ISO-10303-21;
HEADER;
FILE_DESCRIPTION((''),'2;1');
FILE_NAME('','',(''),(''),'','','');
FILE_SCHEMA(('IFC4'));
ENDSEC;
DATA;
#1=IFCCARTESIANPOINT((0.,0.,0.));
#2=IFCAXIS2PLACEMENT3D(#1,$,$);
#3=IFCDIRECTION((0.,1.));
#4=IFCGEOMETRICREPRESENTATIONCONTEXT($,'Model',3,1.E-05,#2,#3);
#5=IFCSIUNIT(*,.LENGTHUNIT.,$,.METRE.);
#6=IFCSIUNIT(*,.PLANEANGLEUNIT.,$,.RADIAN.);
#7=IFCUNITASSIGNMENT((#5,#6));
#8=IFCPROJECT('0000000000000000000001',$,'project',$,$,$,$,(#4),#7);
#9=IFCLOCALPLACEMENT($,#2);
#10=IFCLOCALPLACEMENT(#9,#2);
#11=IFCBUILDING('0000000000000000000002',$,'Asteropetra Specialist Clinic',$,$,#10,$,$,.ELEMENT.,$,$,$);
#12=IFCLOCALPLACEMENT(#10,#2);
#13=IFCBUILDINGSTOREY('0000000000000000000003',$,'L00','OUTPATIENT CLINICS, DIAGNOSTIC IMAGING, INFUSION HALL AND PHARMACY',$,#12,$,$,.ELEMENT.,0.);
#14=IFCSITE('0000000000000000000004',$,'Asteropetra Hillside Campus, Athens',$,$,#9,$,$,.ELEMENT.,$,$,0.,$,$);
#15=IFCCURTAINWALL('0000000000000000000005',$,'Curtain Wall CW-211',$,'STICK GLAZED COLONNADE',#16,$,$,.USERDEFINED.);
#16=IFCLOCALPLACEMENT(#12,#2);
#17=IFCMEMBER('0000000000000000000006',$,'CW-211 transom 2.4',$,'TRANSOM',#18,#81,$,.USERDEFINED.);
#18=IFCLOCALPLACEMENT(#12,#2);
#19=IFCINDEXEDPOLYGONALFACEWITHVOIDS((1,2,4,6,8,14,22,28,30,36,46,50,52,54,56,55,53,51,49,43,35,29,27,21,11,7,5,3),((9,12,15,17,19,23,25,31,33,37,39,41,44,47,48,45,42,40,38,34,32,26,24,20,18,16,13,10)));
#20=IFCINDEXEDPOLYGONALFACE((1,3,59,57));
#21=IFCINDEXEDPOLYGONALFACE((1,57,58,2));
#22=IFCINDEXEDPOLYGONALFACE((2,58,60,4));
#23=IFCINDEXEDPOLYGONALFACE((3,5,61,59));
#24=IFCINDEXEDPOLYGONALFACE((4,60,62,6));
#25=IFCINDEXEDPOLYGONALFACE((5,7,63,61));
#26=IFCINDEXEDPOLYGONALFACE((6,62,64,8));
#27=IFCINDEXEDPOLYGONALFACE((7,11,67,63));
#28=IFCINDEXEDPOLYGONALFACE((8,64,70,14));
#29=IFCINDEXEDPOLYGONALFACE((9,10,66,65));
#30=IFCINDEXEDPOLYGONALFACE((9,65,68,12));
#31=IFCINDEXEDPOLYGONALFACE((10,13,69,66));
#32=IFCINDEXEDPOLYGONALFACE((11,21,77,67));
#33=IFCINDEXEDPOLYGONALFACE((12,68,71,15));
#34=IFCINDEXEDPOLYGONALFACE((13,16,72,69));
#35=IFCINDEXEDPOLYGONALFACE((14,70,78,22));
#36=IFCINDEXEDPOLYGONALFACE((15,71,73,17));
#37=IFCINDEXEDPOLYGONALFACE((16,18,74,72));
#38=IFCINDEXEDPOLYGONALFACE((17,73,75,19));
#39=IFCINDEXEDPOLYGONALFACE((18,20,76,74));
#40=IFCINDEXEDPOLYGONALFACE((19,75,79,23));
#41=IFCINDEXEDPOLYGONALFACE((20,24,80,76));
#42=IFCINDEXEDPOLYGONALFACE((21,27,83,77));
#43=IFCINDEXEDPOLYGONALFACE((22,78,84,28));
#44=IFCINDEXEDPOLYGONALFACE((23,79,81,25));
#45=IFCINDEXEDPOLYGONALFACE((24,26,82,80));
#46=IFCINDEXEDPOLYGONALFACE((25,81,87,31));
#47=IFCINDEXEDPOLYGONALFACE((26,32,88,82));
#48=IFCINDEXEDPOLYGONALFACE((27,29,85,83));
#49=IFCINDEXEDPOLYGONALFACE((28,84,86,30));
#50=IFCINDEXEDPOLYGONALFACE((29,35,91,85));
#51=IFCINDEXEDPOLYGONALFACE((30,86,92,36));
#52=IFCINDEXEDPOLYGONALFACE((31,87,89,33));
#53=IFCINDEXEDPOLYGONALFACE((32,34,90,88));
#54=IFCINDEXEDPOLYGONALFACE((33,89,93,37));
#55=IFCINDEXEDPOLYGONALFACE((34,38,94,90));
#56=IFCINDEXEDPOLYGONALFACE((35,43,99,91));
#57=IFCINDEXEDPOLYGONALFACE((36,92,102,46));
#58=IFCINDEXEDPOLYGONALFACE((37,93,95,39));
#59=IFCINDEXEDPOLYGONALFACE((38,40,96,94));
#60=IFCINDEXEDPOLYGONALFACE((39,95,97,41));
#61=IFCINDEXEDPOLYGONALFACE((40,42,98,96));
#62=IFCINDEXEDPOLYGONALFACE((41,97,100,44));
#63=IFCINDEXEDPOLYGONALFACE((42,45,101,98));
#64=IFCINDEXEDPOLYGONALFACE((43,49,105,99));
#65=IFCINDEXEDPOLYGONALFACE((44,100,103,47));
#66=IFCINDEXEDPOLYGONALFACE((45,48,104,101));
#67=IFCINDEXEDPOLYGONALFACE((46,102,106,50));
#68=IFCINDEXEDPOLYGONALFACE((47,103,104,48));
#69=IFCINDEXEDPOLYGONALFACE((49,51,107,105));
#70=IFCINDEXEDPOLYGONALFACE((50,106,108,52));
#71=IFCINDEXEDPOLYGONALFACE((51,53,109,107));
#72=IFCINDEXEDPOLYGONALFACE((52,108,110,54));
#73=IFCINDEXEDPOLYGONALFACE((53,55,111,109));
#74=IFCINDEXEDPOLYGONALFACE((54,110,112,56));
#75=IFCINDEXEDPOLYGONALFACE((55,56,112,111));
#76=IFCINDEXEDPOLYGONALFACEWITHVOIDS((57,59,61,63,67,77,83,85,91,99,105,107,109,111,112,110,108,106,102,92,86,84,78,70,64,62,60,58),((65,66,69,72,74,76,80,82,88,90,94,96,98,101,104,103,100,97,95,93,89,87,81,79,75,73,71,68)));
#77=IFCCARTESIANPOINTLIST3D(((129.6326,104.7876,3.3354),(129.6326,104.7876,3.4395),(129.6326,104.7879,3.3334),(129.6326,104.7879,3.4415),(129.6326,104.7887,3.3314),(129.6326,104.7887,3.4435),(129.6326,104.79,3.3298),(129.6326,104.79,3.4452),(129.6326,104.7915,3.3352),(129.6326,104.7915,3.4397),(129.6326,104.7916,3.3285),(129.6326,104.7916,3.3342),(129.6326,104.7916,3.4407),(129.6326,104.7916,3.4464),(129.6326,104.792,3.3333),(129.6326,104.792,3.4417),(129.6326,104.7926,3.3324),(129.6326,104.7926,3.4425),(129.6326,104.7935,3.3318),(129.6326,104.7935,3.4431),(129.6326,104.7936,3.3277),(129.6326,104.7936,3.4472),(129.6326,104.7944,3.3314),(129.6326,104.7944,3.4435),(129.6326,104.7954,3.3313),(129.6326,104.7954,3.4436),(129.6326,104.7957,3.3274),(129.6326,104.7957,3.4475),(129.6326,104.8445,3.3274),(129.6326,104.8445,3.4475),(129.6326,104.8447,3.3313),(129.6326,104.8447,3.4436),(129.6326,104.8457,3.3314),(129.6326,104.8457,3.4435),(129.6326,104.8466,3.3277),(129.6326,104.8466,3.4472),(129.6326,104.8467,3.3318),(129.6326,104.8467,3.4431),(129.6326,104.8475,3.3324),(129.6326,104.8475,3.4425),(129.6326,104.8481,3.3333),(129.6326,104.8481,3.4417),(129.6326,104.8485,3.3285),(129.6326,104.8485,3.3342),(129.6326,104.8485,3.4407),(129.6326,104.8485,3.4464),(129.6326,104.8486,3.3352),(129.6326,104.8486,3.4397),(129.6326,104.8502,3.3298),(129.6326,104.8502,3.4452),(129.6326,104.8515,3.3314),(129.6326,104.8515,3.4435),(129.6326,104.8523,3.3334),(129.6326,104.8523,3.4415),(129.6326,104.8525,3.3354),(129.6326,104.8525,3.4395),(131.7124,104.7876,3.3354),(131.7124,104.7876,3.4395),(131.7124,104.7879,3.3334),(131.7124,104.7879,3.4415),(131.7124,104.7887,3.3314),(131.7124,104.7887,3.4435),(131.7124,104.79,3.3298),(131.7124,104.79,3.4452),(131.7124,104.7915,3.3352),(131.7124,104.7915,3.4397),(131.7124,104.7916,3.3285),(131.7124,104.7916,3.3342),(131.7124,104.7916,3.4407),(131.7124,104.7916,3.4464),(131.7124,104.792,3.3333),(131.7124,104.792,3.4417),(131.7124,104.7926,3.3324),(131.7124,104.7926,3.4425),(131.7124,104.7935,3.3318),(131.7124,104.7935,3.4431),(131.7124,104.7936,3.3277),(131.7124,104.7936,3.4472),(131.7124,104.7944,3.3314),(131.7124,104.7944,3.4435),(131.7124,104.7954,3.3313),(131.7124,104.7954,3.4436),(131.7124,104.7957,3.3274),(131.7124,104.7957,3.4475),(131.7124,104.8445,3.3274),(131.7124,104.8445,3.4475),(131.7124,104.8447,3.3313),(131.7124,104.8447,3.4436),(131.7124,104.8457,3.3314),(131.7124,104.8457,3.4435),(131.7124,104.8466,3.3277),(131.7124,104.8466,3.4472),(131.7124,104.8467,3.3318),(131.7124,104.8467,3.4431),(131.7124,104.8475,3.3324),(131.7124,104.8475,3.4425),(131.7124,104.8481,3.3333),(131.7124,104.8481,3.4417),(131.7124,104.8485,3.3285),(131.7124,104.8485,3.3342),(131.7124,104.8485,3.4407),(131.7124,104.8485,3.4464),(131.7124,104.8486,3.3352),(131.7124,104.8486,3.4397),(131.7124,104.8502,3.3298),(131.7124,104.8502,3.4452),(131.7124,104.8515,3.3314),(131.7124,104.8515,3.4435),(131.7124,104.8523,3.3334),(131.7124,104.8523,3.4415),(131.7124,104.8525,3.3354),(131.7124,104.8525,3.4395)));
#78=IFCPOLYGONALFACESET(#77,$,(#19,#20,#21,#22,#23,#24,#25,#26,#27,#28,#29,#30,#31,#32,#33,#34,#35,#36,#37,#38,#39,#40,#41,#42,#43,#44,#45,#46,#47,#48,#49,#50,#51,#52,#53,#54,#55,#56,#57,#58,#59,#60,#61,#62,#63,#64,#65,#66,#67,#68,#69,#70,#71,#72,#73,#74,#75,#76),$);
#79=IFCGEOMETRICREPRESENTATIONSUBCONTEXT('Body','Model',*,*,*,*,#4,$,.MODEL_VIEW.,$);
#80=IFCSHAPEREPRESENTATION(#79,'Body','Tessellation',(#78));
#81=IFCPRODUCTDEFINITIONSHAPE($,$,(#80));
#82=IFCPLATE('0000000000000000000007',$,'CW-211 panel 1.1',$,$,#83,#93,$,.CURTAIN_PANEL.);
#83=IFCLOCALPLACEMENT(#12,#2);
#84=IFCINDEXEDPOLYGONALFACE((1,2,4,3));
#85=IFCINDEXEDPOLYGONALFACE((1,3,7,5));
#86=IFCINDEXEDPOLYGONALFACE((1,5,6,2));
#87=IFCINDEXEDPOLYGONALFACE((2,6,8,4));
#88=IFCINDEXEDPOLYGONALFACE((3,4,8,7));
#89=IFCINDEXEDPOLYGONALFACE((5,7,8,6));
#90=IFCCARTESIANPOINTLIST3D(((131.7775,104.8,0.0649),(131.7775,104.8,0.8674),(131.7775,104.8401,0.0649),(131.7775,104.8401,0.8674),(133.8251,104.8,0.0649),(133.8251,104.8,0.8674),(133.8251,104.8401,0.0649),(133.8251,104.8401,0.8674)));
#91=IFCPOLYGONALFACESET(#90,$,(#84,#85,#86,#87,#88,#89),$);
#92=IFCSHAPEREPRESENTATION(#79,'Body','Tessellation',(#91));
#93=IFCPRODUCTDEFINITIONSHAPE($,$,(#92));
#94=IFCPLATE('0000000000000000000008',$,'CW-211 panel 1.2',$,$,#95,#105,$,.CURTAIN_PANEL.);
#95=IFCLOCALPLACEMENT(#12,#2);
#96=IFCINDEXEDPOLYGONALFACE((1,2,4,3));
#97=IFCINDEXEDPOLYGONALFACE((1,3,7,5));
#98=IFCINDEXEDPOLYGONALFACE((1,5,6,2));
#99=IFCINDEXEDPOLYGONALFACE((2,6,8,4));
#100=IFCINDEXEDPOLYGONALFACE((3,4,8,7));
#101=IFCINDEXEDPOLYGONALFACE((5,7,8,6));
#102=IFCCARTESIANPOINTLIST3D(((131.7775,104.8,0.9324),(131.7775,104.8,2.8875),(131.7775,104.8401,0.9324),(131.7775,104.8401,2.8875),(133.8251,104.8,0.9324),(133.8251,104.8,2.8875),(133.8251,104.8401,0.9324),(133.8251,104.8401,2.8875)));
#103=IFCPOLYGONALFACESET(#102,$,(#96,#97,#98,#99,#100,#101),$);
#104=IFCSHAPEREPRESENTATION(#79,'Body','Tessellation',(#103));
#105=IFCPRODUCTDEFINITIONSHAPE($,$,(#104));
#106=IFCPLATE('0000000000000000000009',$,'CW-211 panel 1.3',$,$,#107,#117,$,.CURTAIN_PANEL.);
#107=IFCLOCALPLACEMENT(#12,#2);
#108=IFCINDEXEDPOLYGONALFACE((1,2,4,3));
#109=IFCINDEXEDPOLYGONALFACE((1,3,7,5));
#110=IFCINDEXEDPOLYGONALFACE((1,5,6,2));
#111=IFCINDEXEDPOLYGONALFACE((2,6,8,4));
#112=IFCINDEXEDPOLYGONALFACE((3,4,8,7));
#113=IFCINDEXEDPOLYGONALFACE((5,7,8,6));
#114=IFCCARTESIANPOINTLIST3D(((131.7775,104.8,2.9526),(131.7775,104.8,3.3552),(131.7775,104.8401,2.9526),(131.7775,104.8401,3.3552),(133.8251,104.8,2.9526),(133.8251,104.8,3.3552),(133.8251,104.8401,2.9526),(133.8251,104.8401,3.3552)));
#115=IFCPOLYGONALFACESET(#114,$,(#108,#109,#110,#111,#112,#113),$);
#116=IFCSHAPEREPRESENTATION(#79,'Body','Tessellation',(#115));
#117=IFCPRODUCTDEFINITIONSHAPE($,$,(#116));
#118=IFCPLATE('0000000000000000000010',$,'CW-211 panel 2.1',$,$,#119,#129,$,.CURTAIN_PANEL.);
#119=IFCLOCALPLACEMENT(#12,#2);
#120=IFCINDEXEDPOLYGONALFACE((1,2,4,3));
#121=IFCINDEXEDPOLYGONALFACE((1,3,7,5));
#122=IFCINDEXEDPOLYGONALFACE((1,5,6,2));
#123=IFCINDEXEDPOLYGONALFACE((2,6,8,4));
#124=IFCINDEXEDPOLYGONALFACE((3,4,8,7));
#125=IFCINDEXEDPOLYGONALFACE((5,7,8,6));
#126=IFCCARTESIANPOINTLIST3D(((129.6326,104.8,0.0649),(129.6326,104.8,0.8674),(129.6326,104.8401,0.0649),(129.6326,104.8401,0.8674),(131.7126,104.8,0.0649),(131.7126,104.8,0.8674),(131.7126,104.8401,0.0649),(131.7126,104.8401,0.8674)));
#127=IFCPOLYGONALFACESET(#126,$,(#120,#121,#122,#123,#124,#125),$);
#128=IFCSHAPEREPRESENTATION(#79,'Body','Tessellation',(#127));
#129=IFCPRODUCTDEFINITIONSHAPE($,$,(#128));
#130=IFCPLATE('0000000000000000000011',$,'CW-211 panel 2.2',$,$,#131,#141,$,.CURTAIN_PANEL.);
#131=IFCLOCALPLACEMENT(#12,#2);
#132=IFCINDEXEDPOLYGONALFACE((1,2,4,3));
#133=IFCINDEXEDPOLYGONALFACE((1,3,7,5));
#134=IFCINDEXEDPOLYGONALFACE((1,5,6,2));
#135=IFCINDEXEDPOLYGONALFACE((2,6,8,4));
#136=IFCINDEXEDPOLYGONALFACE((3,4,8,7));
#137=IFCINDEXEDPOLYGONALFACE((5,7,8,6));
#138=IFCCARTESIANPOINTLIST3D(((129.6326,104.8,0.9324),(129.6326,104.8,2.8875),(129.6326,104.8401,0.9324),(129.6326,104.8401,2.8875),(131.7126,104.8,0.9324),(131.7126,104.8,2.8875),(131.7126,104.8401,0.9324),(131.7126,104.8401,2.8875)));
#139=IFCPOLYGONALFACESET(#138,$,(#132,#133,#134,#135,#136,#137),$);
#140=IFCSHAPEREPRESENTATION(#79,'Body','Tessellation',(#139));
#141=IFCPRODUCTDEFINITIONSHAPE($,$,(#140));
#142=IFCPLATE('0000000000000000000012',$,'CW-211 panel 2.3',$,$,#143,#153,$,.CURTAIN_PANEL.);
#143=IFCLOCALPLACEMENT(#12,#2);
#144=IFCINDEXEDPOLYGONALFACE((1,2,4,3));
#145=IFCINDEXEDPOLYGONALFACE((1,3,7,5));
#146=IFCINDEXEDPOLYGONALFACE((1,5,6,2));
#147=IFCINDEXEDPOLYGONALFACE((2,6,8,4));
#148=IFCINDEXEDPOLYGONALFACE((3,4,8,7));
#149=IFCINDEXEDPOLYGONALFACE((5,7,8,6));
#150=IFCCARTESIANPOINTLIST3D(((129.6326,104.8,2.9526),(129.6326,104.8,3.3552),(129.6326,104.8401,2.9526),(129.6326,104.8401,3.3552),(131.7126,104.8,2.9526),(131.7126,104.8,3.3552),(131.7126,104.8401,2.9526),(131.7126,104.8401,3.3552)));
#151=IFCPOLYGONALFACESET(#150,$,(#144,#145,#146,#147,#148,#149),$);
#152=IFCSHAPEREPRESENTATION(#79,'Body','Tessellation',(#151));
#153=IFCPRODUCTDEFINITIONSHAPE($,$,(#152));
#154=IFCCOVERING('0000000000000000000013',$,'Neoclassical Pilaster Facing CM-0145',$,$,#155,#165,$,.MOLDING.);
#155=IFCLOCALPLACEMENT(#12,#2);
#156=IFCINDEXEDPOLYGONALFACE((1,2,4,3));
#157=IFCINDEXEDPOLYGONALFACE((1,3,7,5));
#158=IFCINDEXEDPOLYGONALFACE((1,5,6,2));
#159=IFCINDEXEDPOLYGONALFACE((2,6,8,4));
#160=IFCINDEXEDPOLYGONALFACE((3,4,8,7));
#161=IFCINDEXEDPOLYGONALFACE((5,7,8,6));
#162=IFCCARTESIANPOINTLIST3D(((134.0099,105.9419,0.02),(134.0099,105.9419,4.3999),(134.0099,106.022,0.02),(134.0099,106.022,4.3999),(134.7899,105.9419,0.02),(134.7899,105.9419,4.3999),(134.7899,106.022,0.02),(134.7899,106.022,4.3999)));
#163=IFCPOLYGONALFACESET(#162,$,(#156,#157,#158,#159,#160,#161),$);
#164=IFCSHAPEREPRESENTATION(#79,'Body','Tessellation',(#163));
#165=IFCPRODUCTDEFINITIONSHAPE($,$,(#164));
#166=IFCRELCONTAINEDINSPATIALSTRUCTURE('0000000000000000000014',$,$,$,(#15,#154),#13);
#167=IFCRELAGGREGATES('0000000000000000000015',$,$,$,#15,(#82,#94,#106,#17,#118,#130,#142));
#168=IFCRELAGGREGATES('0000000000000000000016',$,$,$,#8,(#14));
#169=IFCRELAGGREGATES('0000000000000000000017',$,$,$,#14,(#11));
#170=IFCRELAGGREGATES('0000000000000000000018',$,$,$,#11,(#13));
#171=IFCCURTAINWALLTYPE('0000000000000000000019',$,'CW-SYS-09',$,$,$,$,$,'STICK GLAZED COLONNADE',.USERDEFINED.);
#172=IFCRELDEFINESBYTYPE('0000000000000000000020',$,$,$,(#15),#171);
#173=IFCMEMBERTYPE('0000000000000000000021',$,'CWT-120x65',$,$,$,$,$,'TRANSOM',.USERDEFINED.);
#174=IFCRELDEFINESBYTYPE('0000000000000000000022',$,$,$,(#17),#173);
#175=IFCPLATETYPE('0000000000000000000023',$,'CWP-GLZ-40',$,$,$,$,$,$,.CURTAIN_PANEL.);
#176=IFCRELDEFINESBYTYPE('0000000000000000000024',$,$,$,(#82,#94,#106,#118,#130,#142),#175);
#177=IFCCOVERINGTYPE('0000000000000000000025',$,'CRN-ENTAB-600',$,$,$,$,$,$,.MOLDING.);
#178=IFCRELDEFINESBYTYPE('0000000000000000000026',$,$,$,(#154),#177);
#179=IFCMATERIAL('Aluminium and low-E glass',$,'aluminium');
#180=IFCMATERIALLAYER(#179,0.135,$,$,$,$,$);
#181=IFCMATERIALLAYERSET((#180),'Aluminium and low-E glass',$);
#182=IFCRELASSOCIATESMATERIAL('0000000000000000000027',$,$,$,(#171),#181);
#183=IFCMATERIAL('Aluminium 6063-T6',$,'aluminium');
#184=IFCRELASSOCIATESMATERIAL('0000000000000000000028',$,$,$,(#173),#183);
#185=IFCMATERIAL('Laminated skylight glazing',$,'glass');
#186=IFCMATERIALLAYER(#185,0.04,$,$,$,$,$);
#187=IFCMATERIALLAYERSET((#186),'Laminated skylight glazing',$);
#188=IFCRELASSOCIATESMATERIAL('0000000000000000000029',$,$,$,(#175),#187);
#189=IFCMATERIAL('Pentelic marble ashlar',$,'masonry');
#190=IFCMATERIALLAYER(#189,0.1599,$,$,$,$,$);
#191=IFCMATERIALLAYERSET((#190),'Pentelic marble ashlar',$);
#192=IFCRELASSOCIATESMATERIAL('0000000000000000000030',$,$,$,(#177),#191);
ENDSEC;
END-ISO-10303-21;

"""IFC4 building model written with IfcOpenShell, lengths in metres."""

from ifc_helpers import new_model, si_unit, direction, frame, origin, origin_2d, place, context, subcontext, project, spatial, rectangle, hollow_rectangle, extrude, material, layer, layer_set, material_profile, profile_set, type_object, element, aggregate, save


model = new_model("IFC4")

# Units and contexts
model_context = context("Model", 3, precision=1e-05, world=origin(), true_north=direction((0.0, 1.0)))
body_context = subcontext(model_context, "Body", "Model", "MODEL_VIEW")
ifc_project = project(units=[si_unit("LENGTHUNIT", "METRE"), si_unit("PLANEANGLEUNIT", "RADIAN")], contexts=[model_context])

# Site, building, storey
site_placement = place(None, origin())
site = spatial("IfcSite", under=ifc_project, at=site_placement, Name="Asteropetra Hillside Campus, Athens", CompositionType="ELEMENT", RefElevation=0.0)
building_placement = place(site_placement, origin())
building = spatial("IfcBuilding", under=site, at=building_placement, Name="Asteropetra Specialist Clinic", CompositionType="ELEMENT")
storey_placement = place(building_placement, origin())
storey = spatial("IfcBuildingStorey", under=building, at=storey_placement, Name="L00", Description="OUTPATIENT CLINICS, DIAGNOSTIC IMAGING, INFUSION HALL AND PHARMACY", CompositionType="ELEMENT", Elevation=0.0)

# Curtain wall, member, plates
ifc_material_1 = material(Name="Aluminium and low-E glass", Category="aluminium")
ifc_layer_1 = layer(ifc_material_1, 0.135)
ifc_layer_set_1 = layer_set([ifc_layer_1], Name="Aluminium and low-E glass")
curtain_wall_type = type_object("IfcCurtainWallType", Name="CW-SYS-09", ElementType="STICK GLAZED COLONNADE", PredefinedType="USERDEFINED", material=ifc_layer_set_1)
curtain_wall_placement = place(storey_placement, origin())
curtain_wall = element("IfcCurtainWall", 1, at=curtain_wall_placement, inside=storey, type_object=curtain_wall_type, Name="Curtain Wall CW-211", ObjectType="STICK GLAZED COLONNADE", PredefinedType="USERDEFINED")
ifc_material_2 = material(Name="Aluminium 6063-T6", Category="aluminium")
ifc_material_profile_1 = material_profile(ifc_material_2, hollow_rectangle(XDim=0.0649, YDim=0.1201, WallThickness=0.0039, InnerFilletRadius=0.0039, OuterFilletRadius=0.0081, at=origin_2d()), Name="TRN 120x65x4.0")
ifc_profile_set_1 = profile_set([ifc_material_profile_1], Name="Aluminium 6063-T6")
member_type_1 = type_object("IfcMemberType", Name="CWT-120x65", ElementType="TRANSOM", PredefinedType="USERDEFINED", material=ifc_profile_set_1)
member_1_placement = place(storey_placement, frame((131.7124, 104.8201, 3.3875), z_axis=(-1.0, 0.0, 0.0), x_axis=(0.0, -1.0, 0.0)))
member_1 = element("IfcMember", 2, at=member_1_placement, type_object=member_type_1, Name="CW-211 transom 2.4", ObjectType="TRANSOM", PredefinedType="USERDEFINED", context=body_context, shape_type="SweptSolid", body=[
    extrude(hollow_rectangle(XDim=0.0649, YDim=0.1201, WallThickness=0.0039, InnerFilletRadius=0.0039, OuterFilletRadius=0.0081, at=origin_2d()), origin(), (0.0, 0.0, 1.0), 2.0798),
])
ifc_material_3 = material(Name="Laminated skylight glazing", Category="glass")
ifc_layer_2 = layer(ifc_material_3, 0.04)
ifc_layer_set_2 = layer_set([ifc_layer_2], Name="Laminated skylight glazing")
plate_type = type_object("IfcPlateType", Name="CWP-GLZ-40", PredefinedType="CURTAIN_PANEL", material=ifc_layer_set_2)
plate_1_placement = place(storey_placement, frame((132.8013, 104.8201, 0.0649), z_axis=(0.0, 0.0, 1.0), x_axis=(-1.0, 0.0, 0.0)))
plate_1 = element("IfcPlate", 3, at=plate_1_placement, type_object=plate_type, Name="CW-211 panel 1.1", PredefinedType="CURTAIN_PANEL", context=body_context, shape_type="SweptSolid", body=[
    extrude(rectangle(XDim=2.0476, YDim=0.04, at=origin_2d()), origin(), (0.0, 0.0, 1.0), 0.8025),
])
plate_2_placement = place(storey_placement, frame((132.8013, 104.8201, 0.9324), z_axis=(0.0, 0.0, 1.0), x_axis=(-1.0, 0.0, 0.0)))
plate_2 = element("IfcPlate", 4, at=plate_2_placement, type_object=plate_type, Name="CW-211 panel 1.2", PredefinedType="CURTAIN_PANEL", context=body_context, shape_type="SweptSolid", body=[
    extrude(rectangle(XDim=2.0476, YDim=0.04, at=origin_2d()), origin(), (0.0, 0.0, 1.0), 1.9551),
])
plate_3_placement = place(storey_placement, frame((132.8013, 104.8201, 2.9526), z_axis=(0.0, 0.0, 1.0), x_axis=(-1.0, 0.0, 0.0)))
plate_3 = element("IfcPlate", 5, at=plate_3_placement, type_object=plate_type, Name="CW-211 panel 1.3", PredefinedType="CURTAIN_PANEL", context=body_context, shape_type="SweptSolid", body=[
    extrude(rectangle(XDim=2.0476, YDim=0.04, at=origin_2d()), origin(), (0.0, 0.0, 1.0), 0.4026),
])
plate_4_placement = place(storey_placement, frame((130.6726, 104.8201, 0.0649), z_axis=(0.0, 0.0, 1.0), x_axis=(-1.0, 0.0, 0.0)))
plate_4 = element("IfcPlate", 6, at=plate_4_placement, type_object=plate_type, Name="CW-211 panel 2.1", PredefinedType="CURTAIN_PANEL", context=body_context, shape_type="SweptSolid", body=[
    extrude(rectangle(XDim=2.0801, YDim=0.04, at=origin_2d()), origin(), (0.0, 0.0, 1.0), 0.8025),
])
plate_5_placement = place(storey_placement, frame((130.6726, 104.8201, 0.9324), z_axis=(0.0, 0.0, 1.0), x_axis=(-1.0, 0.0, 0.0)))
plate_5 = element("IfcPlate", 7, at=plate_5_placement, type_object=plate_type, Name="CW-211 panel 2.2", PredefinedType="CURTAIN_PANEL", context=body_context, shape_type="SweptSolid", body=[
    extrude(rectangle(XDim=2.0801, YDim=0.04, at=origin_2d()), origin(), (0.0, 0.0, 1.0), 1.9551),
])
plate_6_placement = place(storey_placement, frame((130.6726, 104.8201, 2.9526), z_axis=(0.0, 0.0, 1.0), x_axis=(-1.0, 0.0, 0.0)))
plate_6 = element("IfcPlate", 8, at=plate_6_placement, type_object=plate_type, Name="CW-211 panel 2.3", PredefinedType="CURTAIN_PANEL", context=body_context, shape_type="SweptSolid", body=[
    extrude(rectangle(XDim=2.0801, YDim=0.04, at=origin_2d()), origin(), (0.0, 0.0, 1.0), 0.4026),
])
aggregate(curtain_wall, [plate_1, plate_2, plate_3, member_1, plate_4, plate_5, plate_6])

# Covering
ifc_material_4 = material(Name="Pentelic marble ashlar", Category="masonry")
ifc_layer_3 = layer(ifc_material_4, 0.1599)
ifc_layer_set_3 = layer_set([ifc_layer_3], Name="Pentelic marble ashlar")
covering_type = type_object("IfcCoveringType", Name="CRN-ENTAB-600", PredefinedType="MOLDING", material=ifc_layer_set_3)
covering_placement = place(storey_placement, frame((134.3999, 105.9819, 0.02), z_axis=(0.0, 0.0, 1.0), x_axis=(1.0, 0.0, 0.0)))
element("IfcCovering", 9, at=covering_placement, inside=storey, type_object=covering_type, Name="Neoclassical Pilaster Facing CM-0145", PredefinedType="MOLDING", context=body_context, shape_type="SweptSolid", body=[
    extrude(rectangle(XDim=0.78, YDim=0.0801, at=origin_2d()), origin(), (0.0, 0.0, 1.0), 4.3799),
])

save(model, "model.ifc")
